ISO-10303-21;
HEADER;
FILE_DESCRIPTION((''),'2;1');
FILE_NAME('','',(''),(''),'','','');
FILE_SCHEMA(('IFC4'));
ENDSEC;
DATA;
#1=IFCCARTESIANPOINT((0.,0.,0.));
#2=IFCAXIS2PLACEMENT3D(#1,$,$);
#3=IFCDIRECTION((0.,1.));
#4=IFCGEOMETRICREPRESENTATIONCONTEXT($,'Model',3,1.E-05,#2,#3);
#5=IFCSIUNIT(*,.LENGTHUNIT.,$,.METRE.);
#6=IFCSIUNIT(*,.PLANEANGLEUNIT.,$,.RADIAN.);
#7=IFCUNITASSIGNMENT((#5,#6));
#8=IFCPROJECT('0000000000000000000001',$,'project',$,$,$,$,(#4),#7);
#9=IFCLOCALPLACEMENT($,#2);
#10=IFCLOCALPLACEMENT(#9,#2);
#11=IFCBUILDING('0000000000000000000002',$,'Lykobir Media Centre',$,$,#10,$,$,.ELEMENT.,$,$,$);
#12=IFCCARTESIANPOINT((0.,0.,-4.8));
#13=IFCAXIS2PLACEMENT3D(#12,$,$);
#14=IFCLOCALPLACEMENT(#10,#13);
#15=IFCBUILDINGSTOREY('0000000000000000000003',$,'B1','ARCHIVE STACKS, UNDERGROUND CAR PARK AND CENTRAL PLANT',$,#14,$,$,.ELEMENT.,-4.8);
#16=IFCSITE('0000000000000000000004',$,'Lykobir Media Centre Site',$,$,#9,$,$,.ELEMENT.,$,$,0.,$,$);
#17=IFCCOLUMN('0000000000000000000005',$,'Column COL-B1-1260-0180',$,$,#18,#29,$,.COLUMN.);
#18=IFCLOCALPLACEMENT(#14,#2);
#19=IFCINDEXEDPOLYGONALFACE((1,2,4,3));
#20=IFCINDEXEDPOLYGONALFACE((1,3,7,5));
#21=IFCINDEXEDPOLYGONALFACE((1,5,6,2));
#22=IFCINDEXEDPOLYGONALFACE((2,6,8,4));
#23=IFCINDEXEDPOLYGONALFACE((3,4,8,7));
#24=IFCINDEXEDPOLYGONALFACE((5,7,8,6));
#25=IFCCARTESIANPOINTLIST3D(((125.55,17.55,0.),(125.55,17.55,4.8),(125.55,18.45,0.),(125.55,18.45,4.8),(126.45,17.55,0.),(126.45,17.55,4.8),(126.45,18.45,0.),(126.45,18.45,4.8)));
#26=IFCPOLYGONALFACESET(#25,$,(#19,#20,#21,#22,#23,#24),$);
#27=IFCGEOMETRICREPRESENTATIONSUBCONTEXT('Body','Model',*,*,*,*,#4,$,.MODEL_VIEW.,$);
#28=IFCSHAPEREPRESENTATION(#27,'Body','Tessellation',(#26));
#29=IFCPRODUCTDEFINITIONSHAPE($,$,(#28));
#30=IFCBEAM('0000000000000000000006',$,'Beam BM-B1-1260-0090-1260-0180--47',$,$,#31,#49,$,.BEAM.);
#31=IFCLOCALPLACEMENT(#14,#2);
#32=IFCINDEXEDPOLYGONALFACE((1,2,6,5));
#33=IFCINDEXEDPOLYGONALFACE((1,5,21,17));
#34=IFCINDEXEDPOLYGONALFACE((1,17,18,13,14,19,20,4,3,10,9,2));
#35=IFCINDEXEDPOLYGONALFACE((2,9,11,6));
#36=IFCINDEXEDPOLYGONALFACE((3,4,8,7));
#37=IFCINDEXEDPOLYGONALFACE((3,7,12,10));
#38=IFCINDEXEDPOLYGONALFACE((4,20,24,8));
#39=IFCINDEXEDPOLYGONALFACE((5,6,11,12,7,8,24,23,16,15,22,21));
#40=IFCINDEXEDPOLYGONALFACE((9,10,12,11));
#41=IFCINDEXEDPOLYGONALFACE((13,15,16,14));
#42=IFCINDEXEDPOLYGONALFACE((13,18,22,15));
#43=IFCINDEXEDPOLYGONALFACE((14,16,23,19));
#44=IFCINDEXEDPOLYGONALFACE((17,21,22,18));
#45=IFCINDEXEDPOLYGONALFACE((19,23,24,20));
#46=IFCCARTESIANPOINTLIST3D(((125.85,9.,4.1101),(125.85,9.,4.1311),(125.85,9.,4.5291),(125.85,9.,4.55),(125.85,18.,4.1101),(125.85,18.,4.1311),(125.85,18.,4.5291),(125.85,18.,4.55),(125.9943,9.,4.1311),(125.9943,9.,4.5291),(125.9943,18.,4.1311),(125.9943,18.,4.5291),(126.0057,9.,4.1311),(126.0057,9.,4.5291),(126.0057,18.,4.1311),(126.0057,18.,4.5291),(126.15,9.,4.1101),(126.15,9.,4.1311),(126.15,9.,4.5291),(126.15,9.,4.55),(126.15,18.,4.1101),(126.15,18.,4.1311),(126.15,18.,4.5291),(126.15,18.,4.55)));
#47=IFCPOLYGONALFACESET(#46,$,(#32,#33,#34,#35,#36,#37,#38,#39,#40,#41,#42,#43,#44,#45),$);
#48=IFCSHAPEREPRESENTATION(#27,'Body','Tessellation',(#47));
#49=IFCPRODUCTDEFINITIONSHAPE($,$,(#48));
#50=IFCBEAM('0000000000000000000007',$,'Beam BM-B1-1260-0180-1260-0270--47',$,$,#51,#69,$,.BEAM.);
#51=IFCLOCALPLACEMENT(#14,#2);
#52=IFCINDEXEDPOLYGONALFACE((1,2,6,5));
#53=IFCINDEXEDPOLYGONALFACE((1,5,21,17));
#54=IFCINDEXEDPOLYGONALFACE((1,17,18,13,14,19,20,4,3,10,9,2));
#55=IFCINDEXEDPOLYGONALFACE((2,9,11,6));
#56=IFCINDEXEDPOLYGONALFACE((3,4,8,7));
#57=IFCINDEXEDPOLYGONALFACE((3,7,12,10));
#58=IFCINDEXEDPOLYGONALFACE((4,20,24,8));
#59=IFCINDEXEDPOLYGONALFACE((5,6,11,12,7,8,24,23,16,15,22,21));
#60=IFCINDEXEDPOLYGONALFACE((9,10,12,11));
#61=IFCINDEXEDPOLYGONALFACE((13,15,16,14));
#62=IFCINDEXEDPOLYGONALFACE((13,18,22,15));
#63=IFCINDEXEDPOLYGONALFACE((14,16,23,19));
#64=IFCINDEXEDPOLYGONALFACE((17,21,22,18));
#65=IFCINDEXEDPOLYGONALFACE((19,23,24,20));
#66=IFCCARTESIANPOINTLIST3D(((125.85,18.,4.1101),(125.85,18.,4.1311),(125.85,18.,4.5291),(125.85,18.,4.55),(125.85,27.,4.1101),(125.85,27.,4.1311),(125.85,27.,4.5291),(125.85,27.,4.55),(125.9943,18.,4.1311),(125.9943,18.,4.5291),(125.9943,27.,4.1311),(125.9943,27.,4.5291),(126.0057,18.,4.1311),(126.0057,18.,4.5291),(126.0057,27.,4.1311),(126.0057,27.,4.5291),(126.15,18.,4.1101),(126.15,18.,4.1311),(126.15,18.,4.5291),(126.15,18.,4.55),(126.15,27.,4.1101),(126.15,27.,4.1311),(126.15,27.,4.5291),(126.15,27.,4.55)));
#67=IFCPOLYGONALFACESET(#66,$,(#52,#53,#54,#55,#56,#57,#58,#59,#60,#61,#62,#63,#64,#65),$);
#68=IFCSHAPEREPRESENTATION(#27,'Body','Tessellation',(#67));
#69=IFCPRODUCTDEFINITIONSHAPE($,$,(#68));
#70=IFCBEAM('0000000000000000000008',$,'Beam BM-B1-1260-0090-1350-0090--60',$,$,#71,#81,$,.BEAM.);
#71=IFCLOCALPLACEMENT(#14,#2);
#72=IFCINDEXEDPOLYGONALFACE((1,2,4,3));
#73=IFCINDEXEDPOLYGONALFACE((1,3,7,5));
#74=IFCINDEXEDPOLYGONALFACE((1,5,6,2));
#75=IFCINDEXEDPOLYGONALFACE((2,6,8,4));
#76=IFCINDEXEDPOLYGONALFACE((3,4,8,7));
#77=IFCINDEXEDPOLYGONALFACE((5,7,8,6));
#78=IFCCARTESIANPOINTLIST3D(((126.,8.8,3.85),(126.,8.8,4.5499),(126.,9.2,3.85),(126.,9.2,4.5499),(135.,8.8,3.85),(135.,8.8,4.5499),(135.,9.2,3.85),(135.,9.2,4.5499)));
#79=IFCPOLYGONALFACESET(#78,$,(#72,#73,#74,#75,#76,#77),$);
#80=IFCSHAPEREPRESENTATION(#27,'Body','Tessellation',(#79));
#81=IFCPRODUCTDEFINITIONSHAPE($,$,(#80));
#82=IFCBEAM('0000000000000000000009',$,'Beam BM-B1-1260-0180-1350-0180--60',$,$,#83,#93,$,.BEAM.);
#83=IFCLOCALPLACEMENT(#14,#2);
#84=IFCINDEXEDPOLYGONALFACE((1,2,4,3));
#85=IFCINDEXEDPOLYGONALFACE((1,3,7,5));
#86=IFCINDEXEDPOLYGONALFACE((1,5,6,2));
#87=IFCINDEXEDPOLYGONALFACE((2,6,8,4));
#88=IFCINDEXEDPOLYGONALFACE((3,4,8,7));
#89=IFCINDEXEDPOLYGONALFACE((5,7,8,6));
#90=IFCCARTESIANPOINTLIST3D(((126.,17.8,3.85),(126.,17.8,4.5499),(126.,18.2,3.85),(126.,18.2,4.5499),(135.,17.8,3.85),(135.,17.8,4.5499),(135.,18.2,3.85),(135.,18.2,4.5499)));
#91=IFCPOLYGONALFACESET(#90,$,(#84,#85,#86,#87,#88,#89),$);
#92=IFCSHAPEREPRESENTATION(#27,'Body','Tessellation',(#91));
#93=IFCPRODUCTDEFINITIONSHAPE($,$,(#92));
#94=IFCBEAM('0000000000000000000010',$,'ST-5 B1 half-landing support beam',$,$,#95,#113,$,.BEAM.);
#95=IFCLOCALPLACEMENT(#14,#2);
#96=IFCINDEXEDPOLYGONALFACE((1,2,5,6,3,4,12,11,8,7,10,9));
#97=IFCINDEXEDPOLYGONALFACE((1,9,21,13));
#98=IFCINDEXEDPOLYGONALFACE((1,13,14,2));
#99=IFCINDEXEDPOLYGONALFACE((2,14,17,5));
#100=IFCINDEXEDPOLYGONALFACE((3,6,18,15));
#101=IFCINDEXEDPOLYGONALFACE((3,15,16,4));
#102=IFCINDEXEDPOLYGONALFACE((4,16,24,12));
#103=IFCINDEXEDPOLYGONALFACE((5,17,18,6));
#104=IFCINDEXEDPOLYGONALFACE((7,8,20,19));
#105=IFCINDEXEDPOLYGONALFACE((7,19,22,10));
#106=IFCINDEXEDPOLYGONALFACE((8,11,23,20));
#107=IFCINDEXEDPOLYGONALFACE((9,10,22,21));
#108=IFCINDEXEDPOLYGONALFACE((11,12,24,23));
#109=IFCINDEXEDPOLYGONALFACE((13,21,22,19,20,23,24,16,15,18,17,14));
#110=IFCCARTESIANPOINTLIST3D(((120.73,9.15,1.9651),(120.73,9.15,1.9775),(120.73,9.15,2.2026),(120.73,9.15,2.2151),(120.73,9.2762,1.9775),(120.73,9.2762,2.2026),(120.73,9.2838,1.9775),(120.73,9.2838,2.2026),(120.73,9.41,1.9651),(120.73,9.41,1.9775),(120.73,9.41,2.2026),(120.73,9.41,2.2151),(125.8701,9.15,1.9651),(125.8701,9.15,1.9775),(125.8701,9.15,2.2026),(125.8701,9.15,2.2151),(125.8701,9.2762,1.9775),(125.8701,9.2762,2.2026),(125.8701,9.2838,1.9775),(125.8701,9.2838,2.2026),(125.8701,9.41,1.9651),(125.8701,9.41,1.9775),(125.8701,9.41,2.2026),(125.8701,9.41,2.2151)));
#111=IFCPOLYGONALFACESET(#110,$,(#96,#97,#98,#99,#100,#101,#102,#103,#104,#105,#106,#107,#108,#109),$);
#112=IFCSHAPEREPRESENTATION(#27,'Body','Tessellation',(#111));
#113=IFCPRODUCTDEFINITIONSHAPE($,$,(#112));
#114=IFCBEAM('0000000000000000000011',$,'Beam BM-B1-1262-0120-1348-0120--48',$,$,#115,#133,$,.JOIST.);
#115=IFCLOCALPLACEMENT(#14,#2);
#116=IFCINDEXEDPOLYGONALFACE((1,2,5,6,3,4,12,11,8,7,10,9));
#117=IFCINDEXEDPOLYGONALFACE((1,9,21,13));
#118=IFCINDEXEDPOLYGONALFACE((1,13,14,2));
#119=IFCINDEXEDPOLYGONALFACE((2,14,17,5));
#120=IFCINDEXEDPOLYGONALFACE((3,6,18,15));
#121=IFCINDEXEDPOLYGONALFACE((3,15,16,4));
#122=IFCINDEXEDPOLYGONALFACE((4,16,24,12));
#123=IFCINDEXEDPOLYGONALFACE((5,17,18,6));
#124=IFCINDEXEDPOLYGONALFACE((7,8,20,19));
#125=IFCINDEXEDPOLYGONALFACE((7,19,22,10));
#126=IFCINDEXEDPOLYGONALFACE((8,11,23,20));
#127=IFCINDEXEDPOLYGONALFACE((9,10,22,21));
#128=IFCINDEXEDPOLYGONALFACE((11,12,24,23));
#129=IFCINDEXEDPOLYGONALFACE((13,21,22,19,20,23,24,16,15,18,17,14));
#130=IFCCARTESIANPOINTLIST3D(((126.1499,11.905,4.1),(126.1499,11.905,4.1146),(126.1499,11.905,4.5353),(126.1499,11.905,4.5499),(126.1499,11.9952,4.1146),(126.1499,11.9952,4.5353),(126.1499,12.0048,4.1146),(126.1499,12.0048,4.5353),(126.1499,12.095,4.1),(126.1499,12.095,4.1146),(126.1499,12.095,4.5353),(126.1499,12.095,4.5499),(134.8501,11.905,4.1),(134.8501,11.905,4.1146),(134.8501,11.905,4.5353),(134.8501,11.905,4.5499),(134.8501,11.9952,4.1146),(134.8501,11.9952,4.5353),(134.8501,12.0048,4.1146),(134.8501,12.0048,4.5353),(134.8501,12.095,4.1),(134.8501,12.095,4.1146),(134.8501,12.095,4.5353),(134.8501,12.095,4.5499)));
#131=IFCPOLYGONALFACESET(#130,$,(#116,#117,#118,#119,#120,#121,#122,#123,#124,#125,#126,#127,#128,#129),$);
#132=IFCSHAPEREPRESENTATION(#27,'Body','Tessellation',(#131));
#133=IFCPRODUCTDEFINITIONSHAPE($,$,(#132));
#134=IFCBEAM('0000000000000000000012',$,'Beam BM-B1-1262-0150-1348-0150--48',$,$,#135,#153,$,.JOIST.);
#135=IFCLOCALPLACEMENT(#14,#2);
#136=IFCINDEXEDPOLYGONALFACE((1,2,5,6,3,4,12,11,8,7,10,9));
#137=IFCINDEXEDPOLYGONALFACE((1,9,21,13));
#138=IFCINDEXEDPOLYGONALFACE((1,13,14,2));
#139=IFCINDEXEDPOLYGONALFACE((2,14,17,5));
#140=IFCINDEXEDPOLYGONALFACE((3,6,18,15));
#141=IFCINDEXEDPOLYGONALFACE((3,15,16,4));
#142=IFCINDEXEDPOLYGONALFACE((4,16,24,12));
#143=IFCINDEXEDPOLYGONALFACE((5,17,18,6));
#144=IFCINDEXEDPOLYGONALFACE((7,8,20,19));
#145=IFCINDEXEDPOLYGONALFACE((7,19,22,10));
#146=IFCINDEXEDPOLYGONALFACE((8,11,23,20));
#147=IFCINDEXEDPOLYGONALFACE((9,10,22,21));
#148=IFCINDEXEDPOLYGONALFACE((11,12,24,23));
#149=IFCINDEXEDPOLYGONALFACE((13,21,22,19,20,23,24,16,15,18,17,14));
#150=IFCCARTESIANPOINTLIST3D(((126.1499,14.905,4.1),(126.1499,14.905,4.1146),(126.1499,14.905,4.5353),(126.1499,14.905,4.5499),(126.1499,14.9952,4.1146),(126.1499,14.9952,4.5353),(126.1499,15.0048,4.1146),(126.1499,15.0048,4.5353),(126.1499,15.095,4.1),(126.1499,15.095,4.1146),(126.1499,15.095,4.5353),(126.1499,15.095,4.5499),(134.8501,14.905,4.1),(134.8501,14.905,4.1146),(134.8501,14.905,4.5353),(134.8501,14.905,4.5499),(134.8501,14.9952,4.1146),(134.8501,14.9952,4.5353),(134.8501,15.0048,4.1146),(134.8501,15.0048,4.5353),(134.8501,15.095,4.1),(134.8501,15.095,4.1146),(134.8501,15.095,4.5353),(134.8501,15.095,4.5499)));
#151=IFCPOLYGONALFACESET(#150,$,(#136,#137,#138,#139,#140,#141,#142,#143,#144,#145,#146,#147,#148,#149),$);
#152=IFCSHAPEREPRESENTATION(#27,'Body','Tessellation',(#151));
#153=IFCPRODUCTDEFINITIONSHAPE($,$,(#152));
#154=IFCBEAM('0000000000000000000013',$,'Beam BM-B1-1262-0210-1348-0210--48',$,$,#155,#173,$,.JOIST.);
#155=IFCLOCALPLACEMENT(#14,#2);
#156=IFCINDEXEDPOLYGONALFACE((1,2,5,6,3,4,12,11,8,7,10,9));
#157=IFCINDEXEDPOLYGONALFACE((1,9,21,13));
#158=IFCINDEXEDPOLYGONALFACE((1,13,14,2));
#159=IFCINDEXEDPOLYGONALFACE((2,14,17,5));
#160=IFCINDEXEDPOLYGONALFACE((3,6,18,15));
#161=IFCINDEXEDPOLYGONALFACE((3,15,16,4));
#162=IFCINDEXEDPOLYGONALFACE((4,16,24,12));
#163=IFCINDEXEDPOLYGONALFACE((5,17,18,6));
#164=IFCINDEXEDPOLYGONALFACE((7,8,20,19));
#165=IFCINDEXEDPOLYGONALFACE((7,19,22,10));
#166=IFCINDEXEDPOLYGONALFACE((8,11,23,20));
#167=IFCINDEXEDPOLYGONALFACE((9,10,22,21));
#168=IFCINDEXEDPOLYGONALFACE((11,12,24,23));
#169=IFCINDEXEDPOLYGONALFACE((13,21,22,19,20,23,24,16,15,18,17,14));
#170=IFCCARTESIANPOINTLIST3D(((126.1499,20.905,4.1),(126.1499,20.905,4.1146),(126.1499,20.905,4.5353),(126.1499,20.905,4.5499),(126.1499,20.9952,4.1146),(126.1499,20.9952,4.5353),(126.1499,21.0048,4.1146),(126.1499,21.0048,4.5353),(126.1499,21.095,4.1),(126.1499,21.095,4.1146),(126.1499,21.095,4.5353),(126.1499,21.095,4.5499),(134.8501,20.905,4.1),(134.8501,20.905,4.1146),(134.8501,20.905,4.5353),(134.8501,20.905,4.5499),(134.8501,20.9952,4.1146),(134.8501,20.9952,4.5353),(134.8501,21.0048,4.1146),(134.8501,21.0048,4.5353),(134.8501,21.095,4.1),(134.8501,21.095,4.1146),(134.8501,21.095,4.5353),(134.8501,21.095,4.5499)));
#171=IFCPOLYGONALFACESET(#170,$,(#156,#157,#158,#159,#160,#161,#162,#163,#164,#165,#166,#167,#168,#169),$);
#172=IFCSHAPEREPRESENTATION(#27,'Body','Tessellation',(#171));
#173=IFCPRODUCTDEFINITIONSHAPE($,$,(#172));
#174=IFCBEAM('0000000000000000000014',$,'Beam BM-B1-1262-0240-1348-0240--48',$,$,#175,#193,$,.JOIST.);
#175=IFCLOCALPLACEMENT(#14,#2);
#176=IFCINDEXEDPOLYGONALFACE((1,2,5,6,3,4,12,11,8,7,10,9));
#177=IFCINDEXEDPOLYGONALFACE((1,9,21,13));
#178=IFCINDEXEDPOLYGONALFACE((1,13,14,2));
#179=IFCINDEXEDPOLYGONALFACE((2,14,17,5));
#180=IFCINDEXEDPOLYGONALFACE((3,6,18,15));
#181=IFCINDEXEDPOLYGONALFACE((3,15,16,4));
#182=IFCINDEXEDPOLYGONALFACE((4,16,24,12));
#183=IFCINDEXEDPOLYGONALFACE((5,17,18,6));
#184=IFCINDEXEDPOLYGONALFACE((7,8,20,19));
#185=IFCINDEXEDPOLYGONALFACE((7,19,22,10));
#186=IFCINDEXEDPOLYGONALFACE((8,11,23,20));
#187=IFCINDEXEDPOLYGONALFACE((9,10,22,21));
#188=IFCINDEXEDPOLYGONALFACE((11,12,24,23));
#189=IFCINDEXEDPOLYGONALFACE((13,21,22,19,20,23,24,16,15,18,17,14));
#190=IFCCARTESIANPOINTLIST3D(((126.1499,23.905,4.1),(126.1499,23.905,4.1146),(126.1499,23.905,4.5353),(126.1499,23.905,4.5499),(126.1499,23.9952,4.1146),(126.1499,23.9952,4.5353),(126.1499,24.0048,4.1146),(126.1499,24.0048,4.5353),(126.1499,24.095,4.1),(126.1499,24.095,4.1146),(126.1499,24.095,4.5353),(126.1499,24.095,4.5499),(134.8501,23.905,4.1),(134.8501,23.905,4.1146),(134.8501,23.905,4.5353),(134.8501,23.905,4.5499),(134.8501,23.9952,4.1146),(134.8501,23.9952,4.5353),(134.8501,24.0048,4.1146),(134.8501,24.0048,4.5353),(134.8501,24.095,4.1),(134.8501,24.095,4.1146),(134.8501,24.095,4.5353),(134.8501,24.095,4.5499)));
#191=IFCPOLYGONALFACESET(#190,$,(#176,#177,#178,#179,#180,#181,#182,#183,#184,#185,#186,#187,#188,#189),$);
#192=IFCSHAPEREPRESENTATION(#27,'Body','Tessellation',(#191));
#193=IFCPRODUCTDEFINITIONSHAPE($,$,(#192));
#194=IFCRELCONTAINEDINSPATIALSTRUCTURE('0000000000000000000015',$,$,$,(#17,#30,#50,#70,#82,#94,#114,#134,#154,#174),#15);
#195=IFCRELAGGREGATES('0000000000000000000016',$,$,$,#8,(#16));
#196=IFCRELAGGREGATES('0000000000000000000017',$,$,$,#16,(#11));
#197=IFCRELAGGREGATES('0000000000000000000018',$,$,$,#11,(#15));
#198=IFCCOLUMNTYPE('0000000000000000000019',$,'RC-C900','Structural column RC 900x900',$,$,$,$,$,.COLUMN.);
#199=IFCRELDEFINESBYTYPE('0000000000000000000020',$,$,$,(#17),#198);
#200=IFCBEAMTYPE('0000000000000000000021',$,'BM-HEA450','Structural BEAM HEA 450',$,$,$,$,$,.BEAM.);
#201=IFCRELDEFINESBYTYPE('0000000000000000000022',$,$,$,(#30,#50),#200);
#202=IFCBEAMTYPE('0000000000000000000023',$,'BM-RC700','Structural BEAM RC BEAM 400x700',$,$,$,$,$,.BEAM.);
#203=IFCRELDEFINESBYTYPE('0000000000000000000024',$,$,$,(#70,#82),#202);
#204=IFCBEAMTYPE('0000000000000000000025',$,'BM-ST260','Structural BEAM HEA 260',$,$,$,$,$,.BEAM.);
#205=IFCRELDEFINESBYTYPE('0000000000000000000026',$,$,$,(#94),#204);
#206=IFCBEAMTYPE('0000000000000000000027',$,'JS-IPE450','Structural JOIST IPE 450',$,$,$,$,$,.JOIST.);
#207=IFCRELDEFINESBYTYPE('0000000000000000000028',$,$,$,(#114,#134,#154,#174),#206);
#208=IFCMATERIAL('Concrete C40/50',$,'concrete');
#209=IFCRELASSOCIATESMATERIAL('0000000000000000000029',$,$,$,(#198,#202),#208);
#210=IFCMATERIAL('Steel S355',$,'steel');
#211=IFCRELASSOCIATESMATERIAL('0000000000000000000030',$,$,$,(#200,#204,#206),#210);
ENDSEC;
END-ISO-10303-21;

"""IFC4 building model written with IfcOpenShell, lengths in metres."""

from ifc_helpers import new_model, si_unit, direction, frame, origin, origin_2d, place, context, subcontext, project, spatial, rectangle, i_section, extrude, material, material_profile, profile_set, type_object, element, save


model = new_model("IFC4")

# Units and contexts
model_context = context("Model", 3, precision=1e-05, world=origin(), true_north=direction((0.0, 1.0)))
body_context = subcontext(model_context, "Body", "Model", "MODEL_VIEW")
ifc_project = project(units=[si_unit("LENGTHUNIT", "METRE"), si_unit("PLANEANGLEUNIT", "RADIAN")], contexts=[model_context])

# Site, building, storey
site_placement = place(None, origin())
site = spatial("IfcSite", under=ifc_project, at=site_placement, Name="Lykobir Media Centre Site", CompositionType="ELEMENT", RefElevation=0.0)
building_placement = place(site_placement, origin())
building = spatial("IfcBuilding", under=site, at=building_placement, Name="Lykobir Media Centre", CompositionType="ELEMENT")
storey_placement = place(building_placement, frame((0.0, 0.0, -4.8)))
storey = spatial("IfcBuildingStorey", under=building, at=storey_placement, Name="B1", Description="ARCHIVE STACKS, UNDERGROUND CAR PARK AND CENTRAL PLANT", CompositionType="ELEMENT", Elevation=-4.8)

# Column
ifc_material_1 = material(Name="Concrete C40/50", Category="concrete")
ifc_material_profile_1 = material_profile(ifc_material_1, rectangle(XDim=0.8999, YDim=0.8999, at=origin_2d()), Name="RC 900x900")
ifc_profile_set_1 = profile_set([ifc_material_profile_1], Name="Concrete C40/50")
column_type = type_object("IfcColumnType", Name="RC-C900", Description="Structural column RC 900x900", PredefinedType="COLUMN", material=ifc_profile_set_1)
for number, where, z_axis, x_axis, name in (
    (1, (126.0, 18.0, 0.0), (0.0, 0.0, 1.0), (1.0, 0.0, 0.0), "Column COL-B1-1260-0180"),
):
    element("IfcColumn", number, at=place(storey_placement, frame(where, z_axis=z_axis, x_axis=x_axis)), inside=storey, type_object=column_type, Name=name, PredefinedType="COLUMN", context=body_context, shape_type="SweptSolid", body=[
        extrude(rectangle(XDim=0.8999, YDim=0.8999, at=origin_2d()), origin(), (0.0, 0.0, 1.0), 4.8),
    ])

# Beams
ifc_material_2 = material(Name="Steel S355", Category="steel")
ifc_material_profile_2 = material_profile(ifc_material_2, i_section(OverallWidth=0.3, OverallDepth=0.4399, WebThickness=0.0115, FlangeThickness=0.021, at=origin_2d()), Name="HEA 450")
ifc_profile_set_2 = profile_set([ifc_material_profile_2], Name="Steel S355")
beam_type_1 = type_object("IfcBeamType", Name="BM-HEA450", Description="Structural BEAM HEA 450", PredefinedType="BEAM", material=ifc_profile_set_2)
for number, where, z_axis, x_axis, name in (
    (2, (126.0, 9.0, 4.3301), (0.0, 1.0, 0.0), (-1.0, 0.0, 0.0), "Beam BM-B1-1260-0090-1260-0180--47"),
    (3, (126.0, 18.0, 4.3301), (0.0, 1.0, 0.0), (-1.0, 0.0, 0.0), "Beam BM-B1-1260-0180-1260-0270--47"),
):
    element("IfcBeam", number, at=place(storey_placement, frame(where, z_axis=z_axis, x_axis=x_axis)), inside=storey, type_object=beam_type_1, Name=name, PredefinedType="BEAM", context=body_context, shape_type="SweptSolid", body=[
        extrude(i_section(OverallWidth=0.3, OverallDepth=0.4399, WebThickness=0.0115, FlangeThickness=0.021, at=origin_2d()), origin(), (0.0, 0.0, 1.0), 9.0),
    ])
ifc_material_profile_3 = material_profile(ifc_material_1, rectangle(XDim=0.3999, YDim=0.7, at=origin_2d()), Name="RC BEAM 400x700")
ifc_profile_set_3 = profile_set([ifc_material_profile_3], Name="Concrete C40/50")
beam_type_2 = type_object("IfcBeamType", Name="BM-RC700", Description="Structural BEAM RC BEAM 400x700", PredefinedType="BEAM", material=ifc_profile_set_3)
for number, where, z_axis, x_axis, name in (
    (4, (126.0, 9.0, 4.2), (1.0, 0.0, 0.0), (0.0, 1.0, 0.0), "Beam BM-B1-1260-0090-1350-0090--60"),
    (5, (126.0, 18.0, 4.2), (1.0, 0.0, 0.0), (0.0, 1.0, 0.0), "Beam BM-B1-1260-0180-1350-0180--60"),
):
    element("IfcBeam", number, at=place(storey_placement, frame(where, z_axis=z_axis, x_axis=x_axis)), inside=storey, type_object=beam_type_2, Name=name, PredefinedType="BEAM", context=body_context, shape_type="SweptSolid", body=[
        extrude(rectangle(XDim=0.3999, YDim=0.7, at=origin_2d()), origin(), (0.0, 0.0, 1.0), 9.0),
    ])
ifc_material_profile_4 = material_profile(ifc_material_2, i_section(OverallWidth=0.26, OverallDepth=0.25, WebThickness=0.0076, FlangeThickness=0.0125, at=origin_2d()), Name="HEA 260")
ifc_profile_set_4 = profile_set([ifc_material_profile_4], Name="Steel S355")
beam_type_3 = type_object("IfcBeamType", Name="BM-ST260", Description="Structural BEAM HEA 260", PredefinedType="BEAM", material=ifc_profile_set_4)
beam_placement = place(storey_placement, frame((120.73, 9.28, 2.0901), z_axis=(1.0, 0.0, 0.0), x_axis=(0.0, 1.0, 0.0)))
element("IfcBeam", 6, at=beam_placement, inside=storey, type_object=beam_type_3, Name="ST-5 B1 half-landing support beam", PredefinedType="BEAM", context=body_context, shape_type="SweptSolid", body=[
    extrude(i_section(OverallWidth=0.26, OverallDepth=0.25, WebThickness=0.0076, FlangeThickness=0.0125, at=origin_2d()), origin(), (0.0, 0.0, 1.0), 5.1401),
])
ifc_material_profile_5 = material_profile(ifc_material_2, i_section(OverallWidth=0.1899, OverallDepth=0.45, WebThickness=0.0095, FlangeThickness=0.0146, at=origin_2d()), Name="IPE 450")
ifc_profile_set_5 = profile_set([ifc_material_profile_5], Name="Steel S355")
beam_type_4 = type_object("IfcBeamType", Name="JS-IPE450", Description="Structural JOIST IPE 450", PredefinedType="JOIST", material=ifc_profile_set_5)
for number, where, z_axis, x_axis, name in (
    (7, (126.1499, 12.0, 4.325), (1.0, 0.0, 0.0), (0.0, 1.0, 0.0), "Beam BM-B1-1262-0120-1348-0120--48"),
    (8, (126.1499, 15.0, 4.325), (1.0, 0.0, 0.0), (0.0, 1.0, 0.0), "Beam BM-B1-1262-0150-1348-0150--48"),
    (9, (126.1499, 21.0, 4.325), (1.0, 0.0, 0.0), (0.0, 1.0, 0.0), "Beam BM-B1-1262-0210-1348-0210--48"),
    (10, (126.1499, 24.0, 4.325), (1.0, 0.0, 0.0), (0.0, 1.0, 0.0), "Beam BM-B1-1262-0240-1348-0240--48"),
):
    element("IfcBeam", number, at=place(storey_placement, frame(where, z_axis=z_axis, x_axis=x_axis)), inside=storey, type_object=beam_type_4, Name=name, PredefinedType="JOIST", context=body_context, shape_type="SweptSolid", body=[
        extrude(i_section(OverallWidth=0.1899, OverallDepth=0.45, WebThickness=0.0095, FlangeThickness=0.0146, at=origin_2d()), origin(), (0.0, 0.0, 1.0), 8.7002),
    ])

save(model, "model.ifc")
